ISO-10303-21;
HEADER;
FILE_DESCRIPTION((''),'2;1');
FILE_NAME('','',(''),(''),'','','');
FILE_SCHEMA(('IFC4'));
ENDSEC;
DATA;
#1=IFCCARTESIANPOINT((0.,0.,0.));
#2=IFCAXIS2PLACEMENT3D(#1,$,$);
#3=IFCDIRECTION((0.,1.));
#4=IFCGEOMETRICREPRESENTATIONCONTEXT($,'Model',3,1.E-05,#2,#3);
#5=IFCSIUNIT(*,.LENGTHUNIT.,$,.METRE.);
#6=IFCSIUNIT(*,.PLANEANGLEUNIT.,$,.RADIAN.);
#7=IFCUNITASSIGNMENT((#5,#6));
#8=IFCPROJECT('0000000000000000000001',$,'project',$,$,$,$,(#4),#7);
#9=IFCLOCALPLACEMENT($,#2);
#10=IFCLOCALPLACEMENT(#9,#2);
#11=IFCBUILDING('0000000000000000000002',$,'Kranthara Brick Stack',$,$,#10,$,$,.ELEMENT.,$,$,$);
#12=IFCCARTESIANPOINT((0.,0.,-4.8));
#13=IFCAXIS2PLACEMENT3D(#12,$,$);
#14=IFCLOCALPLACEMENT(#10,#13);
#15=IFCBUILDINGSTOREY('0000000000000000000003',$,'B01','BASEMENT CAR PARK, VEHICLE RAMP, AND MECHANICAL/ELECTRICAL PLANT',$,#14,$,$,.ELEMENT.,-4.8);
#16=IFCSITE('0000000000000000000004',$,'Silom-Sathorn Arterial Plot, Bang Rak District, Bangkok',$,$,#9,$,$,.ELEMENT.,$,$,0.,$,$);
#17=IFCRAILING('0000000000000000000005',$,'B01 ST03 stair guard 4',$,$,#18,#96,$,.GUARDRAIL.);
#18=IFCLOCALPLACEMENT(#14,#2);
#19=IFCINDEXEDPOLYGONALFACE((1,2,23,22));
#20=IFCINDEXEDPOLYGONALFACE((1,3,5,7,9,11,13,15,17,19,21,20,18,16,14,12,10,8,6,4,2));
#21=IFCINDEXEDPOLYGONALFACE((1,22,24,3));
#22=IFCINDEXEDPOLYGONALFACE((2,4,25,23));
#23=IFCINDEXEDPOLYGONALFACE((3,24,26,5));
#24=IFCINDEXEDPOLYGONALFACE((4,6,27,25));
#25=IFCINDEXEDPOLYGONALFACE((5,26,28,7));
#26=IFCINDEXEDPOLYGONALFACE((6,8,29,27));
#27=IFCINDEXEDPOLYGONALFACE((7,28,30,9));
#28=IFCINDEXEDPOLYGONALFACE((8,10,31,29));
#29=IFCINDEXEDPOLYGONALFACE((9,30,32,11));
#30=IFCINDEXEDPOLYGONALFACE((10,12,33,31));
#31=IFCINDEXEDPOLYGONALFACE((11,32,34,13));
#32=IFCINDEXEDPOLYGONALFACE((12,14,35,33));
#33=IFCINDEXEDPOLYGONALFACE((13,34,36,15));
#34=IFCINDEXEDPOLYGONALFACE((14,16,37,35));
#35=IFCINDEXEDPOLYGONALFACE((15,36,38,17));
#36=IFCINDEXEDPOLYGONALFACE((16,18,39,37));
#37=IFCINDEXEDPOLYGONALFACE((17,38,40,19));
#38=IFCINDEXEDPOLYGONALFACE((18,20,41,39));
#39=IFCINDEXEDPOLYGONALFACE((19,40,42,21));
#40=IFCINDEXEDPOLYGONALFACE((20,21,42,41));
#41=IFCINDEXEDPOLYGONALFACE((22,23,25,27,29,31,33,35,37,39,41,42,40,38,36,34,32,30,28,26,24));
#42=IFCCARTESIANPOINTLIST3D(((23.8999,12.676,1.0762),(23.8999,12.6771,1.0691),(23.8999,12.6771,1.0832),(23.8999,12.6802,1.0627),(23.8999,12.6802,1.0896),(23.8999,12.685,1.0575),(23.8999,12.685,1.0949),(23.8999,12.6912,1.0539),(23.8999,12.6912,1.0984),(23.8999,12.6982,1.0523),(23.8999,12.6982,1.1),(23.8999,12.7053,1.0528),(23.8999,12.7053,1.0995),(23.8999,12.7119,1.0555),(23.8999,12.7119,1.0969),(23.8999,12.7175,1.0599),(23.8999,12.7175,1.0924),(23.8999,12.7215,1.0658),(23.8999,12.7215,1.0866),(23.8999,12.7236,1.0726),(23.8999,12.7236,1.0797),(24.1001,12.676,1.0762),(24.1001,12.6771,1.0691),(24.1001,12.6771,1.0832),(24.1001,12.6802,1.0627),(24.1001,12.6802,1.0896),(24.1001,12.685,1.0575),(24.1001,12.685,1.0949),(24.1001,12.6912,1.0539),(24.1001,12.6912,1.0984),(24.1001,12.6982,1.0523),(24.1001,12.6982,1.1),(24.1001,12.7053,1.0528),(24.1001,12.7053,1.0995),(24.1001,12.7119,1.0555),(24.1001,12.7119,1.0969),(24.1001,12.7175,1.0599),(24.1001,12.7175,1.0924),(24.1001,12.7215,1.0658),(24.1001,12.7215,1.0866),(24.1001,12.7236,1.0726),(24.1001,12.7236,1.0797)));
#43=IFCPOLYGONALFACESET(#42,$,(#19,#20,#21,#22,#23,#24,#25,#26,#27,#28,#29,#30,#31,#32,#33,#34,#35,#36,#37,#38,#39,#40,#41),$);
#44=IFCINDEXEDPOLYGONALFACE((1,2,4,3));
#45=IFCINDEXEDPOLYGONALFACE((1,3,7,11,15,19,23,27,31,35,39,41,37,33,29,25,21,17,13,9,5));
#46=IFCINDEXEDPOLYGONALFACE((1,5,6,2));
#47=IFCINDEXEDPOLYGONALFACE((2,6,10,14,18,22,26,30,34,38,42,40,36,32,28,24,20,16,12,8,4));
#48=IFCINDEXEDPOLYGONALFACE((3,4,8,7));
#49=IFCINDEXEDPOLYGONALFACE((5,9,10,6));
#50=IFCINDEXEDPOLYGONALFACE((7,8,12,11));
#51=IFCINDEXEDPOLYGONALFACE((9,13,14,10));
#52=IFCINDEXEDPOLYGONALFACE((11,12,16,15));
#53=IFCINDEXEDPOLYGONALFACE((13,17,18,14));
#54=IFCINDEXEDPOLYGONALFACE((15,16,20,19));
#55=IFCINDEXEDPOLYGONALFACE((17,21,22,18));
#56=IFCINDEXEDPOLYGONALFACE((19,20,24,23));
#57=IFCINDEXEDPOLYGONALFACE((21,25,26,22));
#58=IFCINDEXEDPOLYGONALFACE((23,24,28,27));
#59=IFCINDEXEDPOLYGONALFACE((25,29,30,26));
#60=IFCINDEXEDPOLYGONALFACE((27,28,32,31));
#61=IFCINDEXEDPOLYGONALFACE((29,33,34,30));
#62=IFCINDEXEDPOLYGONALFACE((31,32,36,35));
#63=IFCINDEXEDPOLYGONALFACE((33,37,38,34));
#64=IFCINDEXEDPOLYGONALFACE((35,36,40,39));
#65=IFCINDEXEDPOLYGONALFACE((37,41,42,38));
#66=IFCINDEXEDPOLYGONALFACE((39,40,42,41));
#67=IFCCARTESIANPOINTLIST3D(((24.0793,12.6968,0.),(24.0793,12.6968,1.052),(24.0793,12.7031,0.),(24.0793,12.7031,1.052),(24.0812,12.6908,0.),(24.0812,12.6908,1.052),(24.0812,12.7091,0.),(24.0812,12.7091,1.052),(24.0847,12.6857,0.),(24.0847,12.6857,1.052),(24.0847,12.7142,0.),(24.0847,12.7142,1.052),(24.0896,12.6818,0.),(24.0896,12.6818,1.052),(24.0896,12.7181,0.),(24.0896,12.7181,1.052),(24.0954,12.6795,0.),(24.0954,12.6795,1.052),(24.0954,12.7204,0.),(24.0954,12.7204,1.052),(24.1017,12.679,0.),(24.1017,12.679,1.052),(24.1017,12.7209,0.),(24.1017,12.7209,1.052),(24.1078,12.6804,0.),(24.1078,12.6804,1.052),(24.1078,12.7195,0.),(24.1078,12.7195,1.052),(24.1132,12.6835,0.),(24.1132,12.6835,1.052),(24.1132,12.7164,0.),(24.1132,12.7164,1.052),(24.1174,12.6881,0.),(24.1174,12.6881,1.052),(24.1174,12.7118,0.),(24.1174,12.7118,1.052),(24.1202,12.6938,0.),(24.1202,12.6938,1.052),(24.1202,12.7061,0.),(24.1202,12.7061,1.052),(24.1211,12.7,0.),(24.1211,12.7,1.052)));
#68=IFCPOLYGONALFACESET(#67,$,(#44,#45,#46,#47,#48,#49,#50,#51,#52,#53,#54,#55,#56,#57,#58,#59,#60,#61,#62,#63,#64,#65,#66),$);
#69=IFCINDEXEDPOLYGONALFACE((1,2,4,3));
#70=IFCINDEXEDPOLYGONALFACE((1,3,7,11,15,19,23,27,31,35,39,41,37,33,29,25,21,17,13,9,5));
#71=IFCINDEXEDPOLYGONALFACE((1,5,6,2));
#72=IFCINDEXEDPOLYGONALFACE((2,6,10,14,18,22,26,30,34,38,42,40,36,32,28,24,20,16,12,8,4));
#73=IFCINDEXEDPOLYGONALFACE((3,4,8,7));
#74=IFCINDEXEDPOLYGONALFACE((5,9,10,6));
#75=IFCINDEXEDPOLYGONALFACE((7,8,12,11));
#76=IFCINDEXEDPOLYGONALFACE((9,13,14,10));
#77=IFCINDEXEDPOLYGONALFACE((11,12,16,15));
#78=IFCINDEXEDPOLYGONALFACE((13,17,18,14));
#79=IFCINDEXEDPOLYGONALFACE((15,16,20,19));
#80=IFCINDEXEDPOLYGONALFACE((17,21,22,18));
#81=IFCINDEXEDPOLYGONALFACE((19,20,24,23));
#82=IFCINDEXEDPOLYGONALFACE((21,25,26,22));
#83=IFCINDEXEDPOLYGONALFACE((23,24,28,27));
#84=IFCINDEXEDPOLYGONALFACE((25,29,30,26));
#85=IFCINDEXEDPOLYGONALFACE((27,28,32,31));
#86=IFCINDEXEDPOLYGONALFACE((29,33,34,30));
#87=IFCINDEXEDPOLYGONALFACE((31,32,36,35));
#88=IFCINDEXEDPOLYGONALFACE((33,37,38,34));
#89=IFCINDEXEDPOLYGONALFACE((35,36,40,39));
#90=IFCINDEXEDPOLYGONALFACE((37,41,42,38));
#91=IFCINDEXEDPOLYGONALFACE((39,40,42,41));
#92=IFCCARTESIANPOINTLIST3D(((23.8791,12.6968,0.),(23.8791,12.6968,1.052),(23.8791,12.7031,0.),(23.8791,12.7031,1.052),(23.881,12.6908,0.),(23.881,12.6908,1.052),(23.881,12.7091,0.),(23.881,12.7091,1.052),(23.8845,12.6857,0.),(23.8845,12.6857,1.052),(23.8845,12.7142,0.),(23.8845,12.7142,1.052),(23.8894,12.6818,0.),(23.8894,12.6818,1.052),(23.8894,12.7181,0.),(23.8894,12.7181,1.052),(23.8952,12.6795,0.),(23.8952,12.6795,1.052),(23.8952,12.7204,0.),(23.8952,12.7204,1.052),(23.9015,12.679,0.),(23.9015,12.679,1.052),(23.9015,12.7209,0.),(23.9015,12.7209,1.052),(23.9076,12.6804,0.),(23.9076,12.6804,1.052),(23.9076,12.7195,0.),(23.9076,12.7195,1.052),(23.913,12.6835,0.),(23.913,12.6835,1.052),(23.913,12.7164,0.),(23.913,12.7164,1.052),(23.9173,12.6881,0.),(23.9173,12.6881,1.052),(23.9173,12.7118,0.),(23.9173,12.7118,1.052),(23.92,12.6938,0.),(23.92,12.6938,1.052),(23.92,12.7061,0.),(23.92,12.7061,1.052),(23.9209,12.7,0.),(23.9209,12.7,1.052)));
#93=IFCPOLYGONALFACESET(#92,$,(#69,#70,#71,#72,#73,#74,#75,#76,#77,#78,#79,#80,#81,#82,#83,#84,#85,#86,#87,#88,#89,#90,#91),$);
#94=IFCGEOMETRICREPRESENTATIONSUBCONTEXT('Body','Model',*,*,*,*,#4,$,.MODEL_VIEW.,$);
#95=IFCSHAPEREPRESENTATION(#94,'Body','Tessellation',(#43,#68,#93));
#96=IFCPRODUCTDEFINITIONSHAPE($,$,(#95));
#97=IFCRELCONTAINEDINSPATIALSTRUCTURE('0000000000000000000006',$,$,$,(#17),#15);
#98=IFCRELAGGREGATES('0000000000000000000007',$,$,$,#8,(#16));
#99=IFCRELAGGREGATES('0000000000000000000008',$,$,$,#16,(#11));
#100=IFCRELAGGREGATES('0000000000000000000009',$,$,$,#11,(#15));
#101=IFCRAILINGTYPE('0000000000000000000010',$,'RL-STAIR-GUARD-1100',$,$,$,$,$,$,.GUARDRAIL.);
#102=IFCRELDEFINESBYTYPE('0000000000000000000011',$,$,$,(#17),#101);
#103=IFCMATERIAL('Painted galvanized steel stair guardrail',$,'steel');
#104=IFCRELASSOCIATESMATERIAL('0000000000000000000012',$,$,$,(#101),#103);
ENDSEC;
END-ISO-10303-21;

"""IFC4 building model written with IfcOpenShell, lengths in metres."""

from ifc_helpers import new_model, si_unit, direction, frame, origin, origin_2d, place, context, subcontext, project, spatial, circle, extrude, material, type_object, element, save


model = new_model("IFC4")

# Units and contexts
model_context = context("Model", 3, precision=1e-05, world=origin(), true_north=direction((0.0, 1.0)))
body_context = subcontext(model_context, "Body", "Model", "MODEL_VIEW")
ifc_project = project(units=[si_unit("LENGTHUNIT", "METRE"), si_unit("PLANEANGLEUNIT", "RADIAN")], contexts=[model_context])

# Site, building, storey
site_placement = place(None, origin())
site = spatial("IfcSite", under=ifc_project, at=site_placement, Name="Silom-Sathorn Arterial Plot, Bang Rak District, Bangkok", CompositionType="ELEMENT", RefElevation=0.0)
building_placement = place(site_placement, origin())
building = spatial("IfcBuilding", under=site, at=building_placement, Name="Kranthara Brick Stack", CompositionType="ELEMENT")
storey_placement = place(building_placement, frame((0.0, 0.0, -4.8)))
storey = spatial("IfcBuildingStorey", under=building, at=storey_placement, Name="B01", Description="BASEMENT CAR PARK, VEHICLE RAMP, AND MECHANICAL/ELECTRICAL PLANT", CompositionType="ELEMENT", Elevation=-4.8)

# Railing
ifc_material_1 = material(Name="Painted galvanized steel stair guardrail", Category="steel")
railing_type_1 = type_object("IfcRailingType", Name="RL-STAIR-GUARD-1100", PredefinedType="GUARDRAIL", material=ifc_material_1)
railing_1_placement = place(storey_placement, frame((24.1001, 12.7, 0.0)))
element("IfcRailing", 1, at=railing_1_placement, inside=storey, type_object=railing_type_1, Name="B01 ST03 stair guard 4", PredefinedType="GUARDRAIL", context=body_context, shape_type="SweptSolid", body=[
    extrude(circle(Radius=0.0239, at=origin_2d()), frame((0.0, 0.0, 1.0762), z_axis=(-1.0, 0.0, 0.0), x_axis=(0.0, -1.0, 0.0)), (0.0, 0.0, 1.0), 0.2002),
    extrude(circle(Radius=0.021, at=origin_2d()), origin(), (0.0, 0.0, 1.0), 1.052),
    extrude(circle(Radius=0.021, at=origin_2d()), frame((-0.2002, 0.0, 0.0)), (0.0, 0.0, 1.0), 1.052),
])

save(model, "model.ifc")
